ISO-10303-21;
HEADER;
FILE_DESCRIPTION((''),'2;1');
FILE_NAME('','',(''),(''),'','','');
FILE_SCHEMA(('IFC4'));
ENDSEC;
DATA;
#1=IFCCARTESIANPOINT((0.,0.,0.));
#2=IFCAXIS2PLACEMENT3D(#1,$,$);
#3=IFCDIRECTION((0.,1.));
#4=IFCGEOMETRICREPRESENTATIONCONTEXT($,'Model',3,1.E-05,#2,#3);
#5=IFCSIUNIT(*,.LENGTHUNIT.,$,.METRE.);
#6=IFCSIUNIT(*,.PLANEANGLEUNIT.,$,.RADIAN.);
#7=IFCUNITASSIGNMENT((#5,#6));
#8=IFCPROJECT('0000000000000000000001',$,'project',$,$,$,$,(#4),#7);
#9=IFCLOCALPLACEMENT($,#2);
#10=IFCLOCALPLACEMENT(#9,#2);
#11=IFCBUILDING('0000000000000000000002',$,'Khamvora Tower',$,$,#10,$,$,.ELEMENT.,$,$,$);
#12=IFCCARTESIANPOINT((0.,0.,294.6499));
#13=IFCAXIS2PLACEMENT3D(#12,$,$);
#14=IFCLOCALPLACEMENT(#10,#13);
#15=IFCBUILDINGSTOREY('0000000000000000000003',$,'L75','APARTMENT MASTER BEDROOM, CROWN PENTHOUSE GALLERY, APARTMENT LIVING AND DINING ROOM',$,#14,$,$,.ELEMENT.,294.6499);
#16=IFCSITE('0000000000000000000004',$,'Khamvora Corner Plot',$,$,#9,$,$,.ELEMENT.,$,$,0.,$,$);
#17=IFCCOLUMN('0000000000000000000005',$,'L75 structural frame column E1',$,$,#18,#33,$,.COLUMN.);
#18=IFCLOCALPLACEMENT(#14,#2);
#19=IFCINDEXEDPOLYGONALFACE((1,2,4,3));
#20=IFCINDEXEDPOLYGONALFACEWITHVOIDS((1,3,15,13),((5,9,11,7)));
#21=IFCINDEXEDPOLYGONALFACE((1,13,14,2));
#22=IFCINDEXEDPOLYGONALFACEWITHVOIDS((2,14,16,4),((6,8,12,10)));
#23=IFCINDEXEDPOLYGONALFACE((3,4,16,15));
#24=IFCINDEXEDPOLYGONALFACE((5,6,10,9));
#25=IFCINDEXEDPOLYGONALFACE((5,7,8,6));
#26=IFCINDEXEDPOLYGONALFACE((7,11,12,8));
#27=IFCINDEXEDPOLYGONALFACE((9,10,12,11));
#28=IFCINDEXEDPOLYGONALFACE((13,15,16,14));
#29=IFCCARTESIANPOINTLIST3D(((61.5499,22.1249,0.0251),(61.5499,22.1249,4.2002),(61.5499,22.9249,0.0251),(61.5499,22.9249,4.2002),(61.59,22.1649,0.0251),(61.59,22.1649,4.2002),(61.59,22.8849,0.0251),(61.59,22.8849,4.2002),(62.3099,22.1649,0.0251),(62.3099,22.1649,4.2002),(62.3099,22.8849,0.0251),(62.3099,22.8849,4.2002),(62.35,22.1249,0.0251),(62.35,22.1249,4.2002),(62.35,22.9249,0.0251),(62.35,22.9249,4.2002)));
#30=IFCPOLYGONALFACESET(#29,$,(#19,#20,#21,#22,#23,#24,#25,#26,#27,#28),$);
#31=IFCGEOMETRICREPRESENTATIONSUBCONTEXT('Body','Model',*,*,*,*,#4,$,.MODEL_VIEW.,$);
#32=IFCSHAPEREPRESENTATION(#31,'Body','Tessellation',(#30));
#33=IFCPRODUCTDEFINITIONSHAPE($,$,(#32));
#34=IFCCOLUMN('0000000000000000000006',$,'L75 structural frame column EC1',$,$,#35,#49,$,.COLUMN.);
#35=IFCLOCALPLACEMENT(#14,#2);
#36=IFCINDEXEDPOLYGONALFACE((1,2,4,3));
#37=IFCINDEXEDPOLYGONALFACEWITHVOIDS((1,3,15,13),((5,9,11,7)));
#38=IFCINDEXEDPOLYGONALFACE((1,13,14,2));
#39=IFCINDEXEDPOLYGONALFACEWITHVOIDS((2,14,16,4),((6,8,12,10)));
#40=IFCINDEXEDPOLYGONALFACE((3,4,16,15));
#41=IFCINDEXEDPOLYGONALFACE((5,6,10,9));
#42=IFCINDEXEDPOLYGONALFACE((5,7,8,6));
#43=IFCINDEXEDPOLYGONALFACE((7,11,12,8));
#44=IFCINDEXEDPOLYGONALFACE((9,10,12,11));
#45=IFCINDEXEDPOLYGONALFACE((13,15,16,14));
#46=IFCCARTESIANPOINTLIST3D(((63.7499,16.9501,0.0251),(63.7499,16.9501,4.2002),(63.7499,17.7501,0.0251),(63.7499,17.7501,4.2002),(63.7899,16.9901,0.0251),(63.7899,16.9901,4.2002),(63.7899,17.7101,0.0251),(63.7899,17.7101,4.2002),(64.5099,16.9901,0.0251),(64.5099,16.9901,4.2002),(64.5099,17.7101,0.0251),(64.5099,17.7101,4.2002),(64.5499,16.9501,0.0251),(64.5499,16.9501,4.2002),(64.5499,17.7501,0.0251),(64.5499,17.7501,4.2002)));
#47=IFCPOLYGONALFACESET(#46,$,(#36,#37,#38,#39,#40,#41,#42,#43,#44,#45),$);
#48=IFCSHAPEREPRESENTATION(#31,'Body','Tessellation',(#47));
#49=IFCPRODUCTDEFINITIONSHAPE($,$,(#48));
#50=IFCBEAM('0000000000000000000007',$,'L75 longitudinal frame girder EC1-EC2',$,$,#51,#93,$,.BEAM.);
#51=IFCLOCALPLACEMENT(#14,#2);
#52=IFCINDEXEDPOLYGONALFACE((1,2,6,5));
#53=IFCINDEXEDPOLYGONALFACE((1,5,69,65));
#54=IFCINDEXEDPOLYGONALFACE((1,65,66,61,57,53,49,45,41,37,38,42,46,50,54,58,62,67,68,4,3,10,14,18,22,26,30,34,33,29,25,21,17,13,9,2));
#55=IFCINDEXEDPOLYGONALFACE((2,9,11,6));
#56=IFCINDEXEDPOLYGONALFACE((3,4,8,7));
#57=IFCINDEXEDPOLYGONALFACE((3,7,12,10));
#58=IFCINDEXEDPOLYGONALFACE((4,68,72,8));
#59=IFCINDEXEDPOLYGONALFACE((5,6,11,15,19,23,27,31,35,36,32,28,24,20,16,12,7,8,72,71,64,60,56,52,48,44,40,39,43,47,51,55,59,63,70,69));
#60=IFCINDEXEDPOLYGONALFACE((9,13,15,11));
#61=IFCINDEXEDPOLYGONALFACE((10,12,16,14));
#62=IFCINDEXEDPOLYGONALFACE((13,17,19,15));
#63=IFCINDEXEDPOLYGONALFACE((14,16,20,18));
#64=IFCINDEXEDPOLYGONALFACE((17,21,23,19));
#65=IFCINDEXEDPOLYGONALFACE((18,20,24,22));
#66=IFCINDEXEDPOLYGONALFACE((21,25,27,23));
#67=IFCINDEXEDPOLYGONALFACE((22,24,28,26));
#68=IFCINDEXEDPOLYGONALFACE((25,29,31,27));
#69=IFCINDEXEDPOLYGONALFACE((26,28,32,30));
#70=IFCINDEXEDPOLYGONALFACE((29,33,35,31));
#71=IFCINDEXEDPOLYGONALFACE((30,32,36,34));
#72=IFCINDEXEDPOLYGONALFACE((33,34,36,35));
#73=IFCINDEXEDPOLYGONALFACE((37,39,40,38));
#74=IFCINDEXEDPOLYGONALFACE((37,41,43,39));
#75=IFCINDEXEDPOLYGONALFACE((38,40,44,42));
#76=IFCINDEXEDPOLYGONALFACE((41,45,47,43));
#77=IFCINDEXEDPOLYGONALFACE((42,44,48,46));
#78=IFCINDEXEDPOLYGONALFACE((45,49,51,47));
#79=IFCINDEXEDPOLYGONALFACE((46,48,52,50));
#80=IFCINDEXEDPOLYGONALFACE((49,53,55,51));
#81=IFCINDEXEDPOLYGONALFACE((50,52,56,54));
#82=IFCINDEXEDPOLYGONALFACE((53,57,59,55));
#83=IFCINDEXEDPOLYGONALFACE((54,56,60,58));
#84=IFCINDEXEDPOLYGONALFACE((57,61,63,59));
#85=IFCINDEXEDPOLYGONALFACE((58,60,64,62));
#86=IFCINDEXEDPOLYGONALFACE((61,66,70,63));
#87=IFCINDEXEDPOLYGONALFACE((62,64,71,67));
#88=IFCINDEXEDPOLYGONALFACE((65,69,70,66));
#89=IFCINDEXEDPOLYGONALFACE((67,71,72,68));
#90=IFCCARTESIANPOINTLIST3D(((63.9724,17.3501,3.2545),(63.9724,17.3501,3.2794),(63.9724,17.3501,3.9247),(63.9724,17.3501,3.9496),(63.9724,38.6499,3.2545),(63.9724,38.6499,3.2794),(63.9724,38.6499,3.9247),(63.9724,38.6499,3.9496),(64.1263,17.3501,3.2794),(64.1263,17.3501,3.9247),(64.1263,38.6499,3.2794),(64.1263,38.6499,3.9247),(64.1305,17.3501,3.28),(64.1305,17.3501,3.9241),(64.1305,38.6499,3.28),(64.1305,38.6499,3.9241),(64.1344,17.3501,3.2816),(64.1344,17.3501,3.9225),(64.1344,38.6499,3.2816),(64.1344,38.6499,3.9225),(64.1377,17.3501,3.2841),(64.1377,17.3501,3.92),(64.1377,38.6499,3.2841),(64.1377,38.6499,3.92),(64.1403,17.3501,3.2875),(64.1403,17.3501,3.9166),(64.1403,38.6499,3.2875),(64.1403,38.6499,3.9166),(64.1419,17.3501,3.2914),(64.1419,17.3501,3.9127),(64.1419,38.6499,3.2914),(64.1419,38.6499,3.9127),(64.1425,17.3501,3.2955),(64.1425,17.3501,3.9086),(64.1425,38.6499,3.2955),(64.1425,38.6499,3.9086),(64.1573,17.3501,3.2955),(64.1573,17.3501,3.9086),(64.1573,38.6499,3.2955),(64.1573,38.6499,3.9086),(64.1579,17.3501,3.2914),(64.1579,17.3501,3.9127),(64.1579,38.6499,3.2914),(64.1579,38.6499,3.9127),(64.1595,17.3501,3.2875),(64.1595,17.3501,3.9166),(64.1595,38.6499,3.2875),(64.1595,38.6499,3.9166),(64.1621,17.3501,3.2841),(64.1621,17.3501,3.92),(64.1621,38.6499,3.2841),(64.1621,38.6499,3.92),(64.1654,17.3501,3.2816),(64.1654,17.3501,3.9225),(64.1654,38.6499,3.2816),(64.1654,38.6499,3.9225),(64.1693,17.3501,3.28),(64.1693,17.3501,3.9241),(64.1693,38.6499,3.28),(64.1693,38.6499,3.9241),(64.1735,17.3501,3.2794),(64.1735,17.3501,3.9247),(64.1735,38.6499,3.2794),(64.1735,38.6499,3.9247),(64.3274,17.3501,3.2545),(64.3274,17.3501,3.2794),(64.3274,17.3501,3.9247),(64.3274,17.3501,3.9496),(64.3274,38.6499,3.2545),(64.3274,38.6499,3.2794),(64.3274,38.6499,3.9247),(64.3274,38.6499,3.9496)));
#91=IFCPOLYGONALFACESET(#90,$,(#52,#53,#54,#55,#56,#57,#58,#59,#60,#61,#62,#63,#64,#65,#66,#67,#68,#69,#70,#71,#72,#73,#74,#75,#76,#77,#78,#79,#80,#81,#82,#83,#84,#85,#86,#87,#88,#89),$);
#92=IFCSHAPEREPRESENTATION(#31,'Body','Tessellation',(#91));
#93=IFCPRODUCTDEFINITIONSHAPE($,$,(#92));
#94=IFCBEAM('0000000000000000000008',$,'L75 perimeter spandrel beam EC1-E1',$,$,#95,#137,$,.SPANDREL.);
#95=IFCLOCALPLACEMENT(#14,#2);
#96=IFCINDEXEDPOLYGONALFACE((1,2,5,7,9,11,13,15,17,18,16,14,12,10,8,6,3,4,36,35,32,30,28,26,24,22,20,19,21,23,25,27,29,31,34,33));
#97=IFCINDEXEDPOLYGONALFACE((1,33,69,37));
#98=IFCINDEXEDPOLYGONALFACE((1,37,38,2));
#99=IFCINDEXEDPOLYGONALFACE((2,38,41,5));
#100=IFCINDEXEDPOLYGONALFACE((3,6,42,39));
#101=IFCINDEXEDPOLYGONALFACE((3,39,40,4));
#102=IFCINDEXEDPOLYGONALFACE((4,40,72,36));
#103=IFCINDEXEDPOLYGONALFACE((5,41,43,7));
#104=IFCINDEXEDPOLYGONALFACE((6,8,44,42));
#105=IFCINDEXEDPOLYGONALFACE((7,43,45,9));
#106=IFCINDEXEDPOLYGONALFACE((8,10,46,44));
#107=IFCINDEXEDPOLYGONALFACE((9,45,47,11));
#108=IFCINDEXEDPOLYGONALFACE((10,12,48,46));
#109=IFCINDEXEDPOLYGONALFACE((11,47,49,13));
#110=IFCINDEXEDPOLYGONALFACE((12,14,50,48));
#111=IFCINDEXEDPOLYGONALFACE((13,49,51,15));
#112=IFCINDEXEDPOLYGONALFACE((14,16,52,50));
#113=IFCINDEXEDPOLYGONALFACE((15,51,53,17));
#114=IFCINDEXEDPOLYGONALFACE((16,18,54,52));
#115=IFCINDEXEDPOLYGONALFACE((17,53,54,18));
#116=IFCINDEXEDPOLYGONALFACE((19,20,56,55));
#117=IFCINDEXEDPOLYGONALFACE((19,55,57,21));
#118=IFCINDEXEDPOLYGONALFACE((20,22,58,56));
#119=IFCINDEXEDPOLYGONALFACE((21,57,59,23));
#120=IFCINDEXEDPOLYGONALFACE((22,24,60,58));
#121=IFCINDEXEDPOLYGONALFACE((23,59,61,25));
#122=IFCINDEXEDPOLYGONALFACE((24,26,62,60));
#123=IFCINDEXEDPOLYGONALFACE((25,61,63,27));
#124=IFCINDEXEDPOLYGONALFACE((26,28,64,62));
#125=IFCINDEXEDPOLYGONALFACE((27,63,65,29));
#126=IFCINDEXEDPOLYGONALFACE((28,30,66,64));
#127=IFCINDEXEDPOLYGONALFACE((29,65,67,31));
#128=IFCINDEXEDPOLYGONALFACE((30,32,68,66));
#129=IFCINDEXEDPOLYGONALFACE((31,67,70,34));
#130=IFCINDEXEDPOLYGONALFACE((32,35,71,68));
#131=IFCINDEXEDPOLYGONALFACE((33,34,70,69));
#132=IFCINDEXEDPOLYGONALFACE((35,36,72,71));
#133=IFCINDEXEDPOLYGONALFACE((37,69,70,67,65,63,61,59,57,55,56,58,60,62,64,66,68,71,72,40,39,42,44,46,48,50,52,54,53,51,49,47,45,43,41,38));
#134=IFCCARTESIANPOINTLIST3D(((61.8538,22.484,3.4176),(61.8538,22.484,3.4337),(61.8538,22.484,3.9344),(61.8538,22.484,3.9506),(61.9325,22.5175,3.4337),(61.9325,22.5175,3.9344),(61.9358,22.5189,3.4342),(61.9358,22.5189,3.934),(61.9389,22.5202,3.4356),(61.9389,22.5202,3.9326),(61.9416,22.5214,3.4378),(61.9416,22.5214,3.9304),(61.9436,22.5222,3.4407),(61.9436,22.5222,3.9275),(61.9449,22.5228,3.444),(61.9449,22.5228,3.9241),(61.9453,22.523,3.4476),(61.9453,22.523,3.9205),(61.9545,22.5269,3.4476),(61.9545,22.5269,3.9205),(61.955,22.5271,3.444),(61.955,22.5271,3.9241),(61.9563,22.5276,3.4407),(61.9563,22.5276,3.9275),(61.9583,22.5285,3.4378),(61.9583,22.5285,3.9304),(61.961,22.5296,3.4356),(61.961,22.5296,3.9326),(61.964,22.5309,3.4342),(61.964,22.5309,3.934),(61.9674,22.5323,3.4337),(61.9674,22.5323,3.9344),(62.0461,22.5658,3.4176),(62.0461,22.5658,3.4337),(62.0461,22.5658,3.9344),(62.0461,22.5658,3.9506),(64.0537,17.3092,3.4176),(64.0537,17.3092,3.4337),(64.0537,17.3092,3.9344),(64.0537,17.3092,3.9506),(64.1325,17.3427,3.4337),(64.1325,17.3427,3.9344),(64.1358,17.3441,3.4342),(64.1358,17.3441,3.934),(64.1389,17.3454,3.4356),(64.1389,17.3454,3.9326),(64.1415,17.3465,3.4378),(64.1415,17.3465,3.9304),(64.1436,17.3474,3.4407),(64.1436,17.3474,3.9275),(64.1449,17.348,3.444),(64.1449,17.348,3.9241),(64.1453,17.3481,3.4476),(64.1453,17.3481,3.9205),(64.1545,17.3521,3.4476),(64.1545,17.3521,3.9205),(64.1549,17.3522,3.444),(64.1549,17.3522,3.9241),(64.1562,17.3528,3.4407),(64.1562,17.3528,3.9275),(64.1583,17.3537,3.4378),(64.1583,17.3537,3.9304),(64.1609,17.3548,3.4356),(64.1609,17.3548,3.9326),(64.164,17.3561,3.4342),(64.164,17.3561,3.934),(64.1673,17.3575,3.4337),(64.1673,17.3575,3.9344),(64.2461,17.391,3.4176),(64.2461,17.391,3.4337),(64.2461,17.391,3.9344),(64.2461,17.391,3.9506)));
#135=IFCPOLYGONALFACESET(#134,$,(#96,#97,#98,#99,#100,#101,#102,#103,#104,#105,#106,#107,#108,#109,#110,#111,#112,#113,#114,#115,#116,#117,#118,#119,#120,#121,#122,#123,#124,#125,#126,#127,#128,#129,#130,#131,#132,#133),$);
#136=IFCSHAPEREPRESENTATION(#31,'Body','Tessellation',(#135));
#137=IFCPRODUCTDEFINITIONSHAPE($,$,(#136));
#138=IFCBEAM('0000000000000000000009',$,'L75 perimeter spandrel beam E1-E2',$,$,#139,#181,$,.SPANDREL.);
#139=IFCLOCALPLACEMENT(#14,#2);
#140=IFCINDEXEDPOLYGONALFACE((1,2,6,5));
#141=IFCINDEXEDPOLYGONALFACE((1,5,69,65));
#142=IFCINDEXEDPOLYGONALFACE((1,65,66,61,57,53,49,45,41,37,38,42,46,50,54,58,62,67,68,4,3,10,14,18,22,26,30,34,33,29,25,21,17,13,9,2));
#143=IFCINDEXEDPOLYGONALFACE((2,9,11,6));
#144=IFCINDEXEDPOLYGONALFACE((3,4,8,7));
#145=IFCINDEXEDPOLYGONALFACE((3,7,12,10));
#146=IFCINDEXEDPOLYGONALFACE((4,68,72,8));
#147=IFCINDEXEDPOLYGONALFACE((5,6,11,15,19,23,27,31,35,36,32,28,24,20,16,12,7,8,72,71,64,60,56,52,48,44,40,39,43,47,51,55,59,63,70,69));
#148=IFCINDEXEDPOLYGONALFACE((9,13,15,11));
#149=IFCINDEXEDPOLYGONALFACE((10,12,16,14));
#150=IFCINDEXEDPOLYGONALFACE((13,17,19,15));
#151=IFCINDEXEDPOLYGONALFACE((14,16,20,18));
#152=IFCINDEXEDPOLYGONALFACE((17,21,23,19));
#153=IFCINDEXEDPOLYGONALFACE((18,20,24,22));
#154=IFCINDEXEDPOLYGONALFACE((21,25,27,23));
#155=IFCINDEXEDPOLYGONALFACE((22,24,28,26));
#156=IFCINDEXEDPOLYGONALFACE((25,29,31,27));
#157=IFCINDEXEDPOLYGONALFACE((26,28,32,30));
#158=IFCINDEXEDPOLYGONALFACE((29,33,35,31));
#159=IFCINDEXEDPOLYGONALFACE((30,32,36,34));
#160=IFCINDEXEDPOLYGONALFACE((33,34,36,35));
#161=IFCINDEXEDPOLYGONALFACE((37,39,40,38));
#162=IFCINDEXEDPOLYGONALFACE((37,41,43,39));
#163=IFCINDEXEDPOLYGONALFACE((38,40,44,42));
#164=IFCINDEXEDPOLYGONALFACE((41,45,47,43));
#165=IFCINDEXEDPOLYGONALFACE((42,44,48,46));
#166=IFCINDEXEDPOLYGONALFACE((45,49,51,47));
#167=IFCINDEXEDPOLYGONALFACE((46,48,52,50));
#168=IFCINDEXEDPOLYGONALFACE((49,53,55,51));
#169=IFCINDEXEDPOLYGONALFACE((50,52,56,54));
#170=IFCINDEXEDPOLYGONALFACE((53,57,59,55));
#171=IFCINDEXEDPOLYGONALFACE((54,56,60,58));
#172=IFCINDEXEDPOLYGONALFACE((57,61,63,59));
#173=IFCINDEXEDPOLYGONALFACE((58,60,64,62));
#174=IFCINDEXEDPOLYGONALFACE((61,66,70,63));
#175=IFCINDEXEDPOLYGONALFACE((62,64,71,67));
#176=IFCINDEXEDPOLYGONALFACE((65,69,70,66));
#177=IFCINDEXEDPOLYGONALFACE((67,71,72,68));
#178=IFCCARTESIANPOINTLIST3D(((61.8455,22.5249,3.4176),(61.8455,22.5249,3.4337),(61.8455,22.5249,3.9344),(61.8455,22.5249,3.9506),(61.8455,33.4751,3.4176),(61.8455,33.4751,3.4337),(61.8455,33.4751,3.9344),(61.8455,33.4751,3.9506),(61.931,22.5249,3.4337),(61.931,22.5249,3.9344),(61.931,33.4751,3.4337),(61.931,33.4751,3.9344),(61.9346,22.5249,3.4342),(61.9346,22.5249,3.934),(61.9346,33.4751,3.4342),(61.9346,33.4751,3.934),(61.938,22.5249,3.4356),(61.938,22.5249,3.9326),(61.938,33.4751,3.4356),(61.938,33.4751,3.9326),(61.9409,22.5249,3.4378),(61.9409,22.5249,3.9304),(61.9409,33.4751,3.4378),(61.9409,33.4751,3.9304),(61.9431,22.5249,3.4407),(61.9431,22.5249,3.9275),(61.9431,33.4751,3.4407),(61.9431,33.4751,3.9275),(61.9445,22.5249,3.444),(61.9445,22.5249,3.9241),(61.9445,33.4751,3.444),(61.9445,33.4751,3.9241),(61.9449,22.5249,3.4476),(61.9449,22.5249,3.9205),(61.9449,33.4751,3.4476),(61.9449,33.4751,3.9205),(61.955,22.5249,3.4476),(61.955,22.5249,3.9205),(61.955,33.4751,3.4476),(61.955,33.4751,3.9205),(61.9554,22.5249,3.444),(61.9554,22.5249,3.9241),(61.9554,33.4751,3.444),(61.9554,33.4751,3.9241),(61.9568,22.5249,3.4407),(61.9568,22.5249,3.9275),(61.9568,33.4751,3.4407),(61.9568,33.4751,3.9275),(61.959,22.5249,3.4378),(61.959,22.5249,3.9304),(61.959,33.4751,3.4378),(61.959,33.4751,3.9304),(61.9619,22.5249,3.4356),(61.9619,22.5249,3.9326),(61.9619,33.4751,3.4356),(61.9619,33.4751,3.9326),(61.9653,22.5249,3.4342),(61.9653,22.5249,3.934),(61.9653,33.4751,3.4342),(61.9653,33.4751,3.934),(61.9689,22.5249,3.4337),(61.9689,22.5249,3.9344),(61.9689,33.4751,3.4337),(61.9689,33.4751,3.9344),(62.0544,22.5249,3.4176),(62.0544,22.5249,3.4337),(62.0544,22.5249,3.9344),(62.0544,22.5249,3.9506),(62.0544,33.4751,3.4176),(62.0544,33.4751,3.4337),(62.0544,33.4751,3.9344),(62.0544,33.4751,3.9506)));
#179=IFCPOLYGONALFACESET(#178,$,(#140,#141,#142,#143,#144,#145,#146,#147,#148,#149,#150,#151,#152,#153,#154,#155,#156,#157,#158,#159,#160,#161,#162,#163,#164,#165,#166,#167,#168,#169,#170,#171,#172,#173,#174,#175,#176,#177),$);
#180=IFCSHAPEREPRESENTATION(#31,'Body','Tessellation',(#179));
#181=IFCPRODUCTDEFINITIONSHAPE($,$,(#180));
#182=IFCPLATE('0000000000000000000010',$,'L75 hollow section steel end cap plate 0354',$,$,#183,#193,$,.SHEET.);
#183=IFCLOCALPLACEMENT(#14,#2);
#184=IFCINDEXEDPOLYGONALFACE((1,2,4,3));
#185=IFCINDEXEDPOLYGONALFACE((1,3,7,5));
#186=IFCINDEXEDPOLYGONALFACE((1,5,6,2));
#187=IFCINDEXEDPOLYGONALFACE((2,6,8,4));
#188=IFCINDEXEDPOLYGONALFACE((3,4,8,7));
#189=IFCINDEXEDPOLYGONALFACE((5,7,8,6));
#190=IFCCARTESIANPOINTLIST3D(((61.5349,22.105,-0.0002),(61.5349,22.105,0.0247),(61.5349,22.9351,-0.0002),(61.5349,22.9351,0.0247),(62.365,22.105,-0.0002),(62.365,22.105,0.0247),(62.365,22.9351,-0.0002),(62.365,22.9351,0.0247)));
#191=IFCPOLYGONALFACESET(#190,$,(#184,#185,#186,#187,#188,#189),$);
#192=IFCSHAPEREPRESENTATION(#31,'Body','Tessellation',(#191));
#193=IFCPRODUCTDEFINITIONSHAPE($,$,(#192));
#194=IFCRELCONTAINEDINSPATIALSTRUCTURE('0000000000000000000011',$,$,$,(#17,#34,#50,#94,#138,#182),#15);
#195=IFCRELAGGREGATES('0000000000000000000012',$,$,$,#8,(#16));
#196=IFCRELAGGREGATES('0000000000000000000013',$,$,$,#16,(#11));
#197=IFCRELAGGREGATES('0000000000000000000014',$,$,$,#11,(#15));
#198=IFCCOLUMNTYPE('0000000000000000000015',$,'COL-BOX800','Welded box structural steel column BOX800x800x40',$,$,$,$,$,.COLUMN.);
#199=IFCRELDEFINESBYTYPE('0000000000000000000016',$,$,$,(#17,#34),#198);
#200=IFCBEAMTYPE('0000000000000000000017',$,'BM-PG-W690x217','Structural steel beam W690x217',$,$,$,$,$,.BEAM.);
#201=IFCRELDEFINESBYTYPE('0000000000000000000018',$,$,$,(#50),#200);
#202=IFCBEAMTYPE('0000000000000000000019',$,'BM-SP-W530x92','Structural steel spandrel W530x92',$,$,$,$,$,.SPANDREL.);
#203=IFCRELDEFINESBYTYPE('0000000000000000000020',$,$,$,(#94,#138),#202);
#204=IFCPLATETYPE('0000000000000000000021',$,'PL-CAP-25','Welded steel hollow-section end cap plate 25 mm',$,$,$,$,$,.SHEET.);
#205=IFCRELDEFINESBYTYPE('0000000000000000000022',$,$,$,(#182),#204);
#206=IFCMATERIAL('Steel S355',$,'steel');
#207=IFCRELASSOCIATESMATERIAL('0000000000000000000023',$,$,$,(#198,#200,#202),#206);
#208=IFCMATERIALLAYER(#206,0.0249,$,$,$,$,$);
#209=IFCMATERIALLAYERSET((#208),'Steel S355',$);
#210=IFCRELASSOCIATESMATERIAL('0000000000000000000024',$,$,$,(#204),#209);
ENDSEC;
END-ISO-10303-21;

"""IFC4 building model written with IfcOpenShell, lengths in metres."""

from ifc_helpers import new_model, si_unit, direction, frame, origin, origin_2d, place, context, subcontext, project, spatial, rectangle, hollow_rectangle, i_section, extrude, material, layer, layer_set, material_profile, profile_set, type_object, element, save


model = new_model("IFC4")

# Units and contexts
model_context = context("Model", 3, precision=1e-05, world=origin(), true_north=direction((0.0, 1.0)))
body_context = subcontext(model_context, "Body", "Model", "MODEL_VIEW")
ifc_project = project(units=[si_unit("LENGTHUNIT", "METRE"), si_unit("PLANEANGLEUNIT", "RADIAN")], contexts=[model_context])

# Site, building, storey
site_placement = place(None, origin())
site = spatial("IfcSite", under=ifc_project, at=site_placement, Name="Khamvora Corner Plot", CompositionType="ELEMENT", RefElevation=0.0)
building_placement = place(site_placement, origin())
building = spatial("IfcBuilding", under=site, at=building_placement, Name="Khamvora Tower", CompositionType="ELEMENT")
storey_placement = place(building_placement, frame((0.0, 0.0, 294.6499)))
storey = spatial("IfcBuildingStorey", under=building, at=storey_placement, Name="L75", Description="APARTMENT MASTER BEDROOM, CROWN PENTHOUSE GALLERY, APARTMENT LIVING AND DINING ROOM", CompositionType="ELEMENT", Elevation=294.6499)

# Columns
ifc_material_1 = material(Name="Steel S355", Category="steel")
ifc_material_profile_1 = material_profile(ifc_material_1, hollow_rectangle(XDim=0.8, YDim=0.8, WallThickness=0.04, at=origin_2d()), Name="BOX800x800x40")
ifc_profile_set_1 = profile_set([ifc_material_profile_1], Name="Steel S355")
column_type = type_object("IfcColumnType", Name="COL-BOX800", Description="Welded box structural steel column BOX800x800x40", PredefinedType="COLUMN", material=ifc_profile_set_1)
for number, where, z_axis, x_axis, name in (
    (1, (61.95, 22.5249, 0.0251), (0.0, 0.0, 1.0), (1.0, 0.0, 0.0), "L75 structural frame column E1"),
    (2, (64.1499, 17.3501, 0.0251), (0.0, 0.0, 1.0), (1.0, 0.0, 0.0), "L75 structural frame column EC1"),
):
    element("IfcColumn", number, at=place(storey_placement, frame(where, z_axis=z_axis, x_axis=x_axis)), inside=storey, type_object=column_type, Name=name, PredefinedType="COLUMN", context=body_context, shape_type="SweptSolid", body=[
        extrude(hollow_rectangle(XDim=0.8, YDim=0.8, WallThickness=0.04, at=origin_2d()), origin(), (0.0, 0.0, 1.0), 4.175),
    ])

# Beams
ifc_material_profile_2 = material_profile(ifc_material_1, i_section(OverallWidth=0.355, OverallDepth=0.6951, WebThickness=0.0149, FlangeThickness=0.0249, FilletRadius=0.0161, at=origin_2d()), Name="W690x217")
ifc_profile_set_2 = profile_set([ifc_material_profile_2], Name="Steel S355")
beam_type_1 = type_object("IfcBeamType", Name="BM-PG-W690x217", Description="Structural steel beam W690x217", PredefinedType="BEAM", material=ifc_profile_set_2)
beam_1_placement = place(storey_placement, frame((64.1499, 17.3501, 3.6021), z_axis=(0.0, 1.0, 0.0), x_axis=(-1.0, 0.0, 0.0)))
element("IfcBeam", 3, at=beam_1_placement, inside=storey, type_object=beam_type_1, Name="L75 longitudinal frame girder EC1-EC2", PredefinedType="BEAM", context=body_context, shape_type="SweptSolid", body=[
    extrude(i_section(OverallWidth=0.355, OverallDepth=0.6951, WebThickness=0.0149, FlangeThickness=0.0249, FilletRadius=0.0161, at=origin_2d()), origin(), (0.0, 0.0, 1.0), 21.2998),
])
ifc_material_profile_3 = material_profile(ifc_material_1, i_section(OverallWidth=0.209, OverallDepth=0.533, WebThickness=0.01, FlangeThickness=0.0161, FilletRadius=0.0139, at=origin_2d()), Name="W530x92")
ifc_profile_set_3 = profile_set([ifc_material_profile_3], Name="Steel S355")
beam_type_2 = type_object("IfcBeamType", Name="BM-SP-W530x92", Description="Structural steel spandrel W530x92", PredefinedType="SPANDREL", material=ifc_profile_set_3)
beam_2_placement = place(storey_placement, frame((64.1499, 17.3501, 3.6841), z_axis=(-0.39124, 0.920289, 0.0), x_axis=(-0.920289, -0.39124, 0.0)))
element("IfcBeam", 4, at=beam_2_placement, inside=storey, type_object=beam_type_2, Name="L75 perimeter spandrel beam EC1-E1", PredefinedType="SPANDREL", context=body_context, shape_type="SweptSolid", body=[
    extrude(i_section(OverallWidth=0.209, OverallDepth=0.533, WebThickness=0.01, FlangeThickness=0.0161, FilletRadius=0.0139, at=origin_2d()), origin(), (0.0, 0.0, 1.0), 5.623),
])
beam_3_placement = place(storey_placement, frame((61.95, 22.5249, 3.6841), z_axis=(0.0, 1.0, 0.0), x_axis=(-1.0, 0.0, 0.0)))
element("IfcBeam", 5, at=beam_3_placement, inside=storey, type_object=beam_type_2, Name="L75 perimeter spandrel beam E1-E2", PredefinedType="SPANDREL", context=body_context, shape_type="SweptSolid", body=[
    extrude(i_section(OverallWidth=0.209, OverallDepth=0.533, WebThickness=0.01, FlangeThickness=0.0161, FilletRadius=0.0139, at=origin_2d()), origin(), (0.0, 0.0, 1.0), 10.9502),
])

# Plate
ifc_layer_1 = layer(ifc_material_1, 0.0249)
ifc_layer_set_1 = layer_set([ifc_layer_1], Name="Steel S355")
plate_type_1 = type_object("IfcPlateType", Name="PL-CAP-25", Description="Welded steel hollow-section end cap plate 25 mm", PredefinedType="SHEET", material=ifc_layer_set_1)
for number, where, z_axis, x_axis, name in (
    (6, (61.95, 22.52, -0.0002), (0.0, 0.0, 1.0), (1.0, 0.0, 0.0), "L75 hollow section steel end cap plate 0354"),
):
    element("IfcPlate", number, at=place(storey_placement, frame(where, z_axis=z_axis, x_axis=x_axis)), inside=storey, type_object=plate_type_1, Name=name, PredefinedType="SHEET", context=body_context, shape_type="SweptSolid", body=[
        extrude(rectangle(XDim=0.8301, YDim=0.8301, at=origin_2d()), origin(), (0.0, 0.0, 1.0), 0.0249),
    ])

save(model, "model.ifc")
